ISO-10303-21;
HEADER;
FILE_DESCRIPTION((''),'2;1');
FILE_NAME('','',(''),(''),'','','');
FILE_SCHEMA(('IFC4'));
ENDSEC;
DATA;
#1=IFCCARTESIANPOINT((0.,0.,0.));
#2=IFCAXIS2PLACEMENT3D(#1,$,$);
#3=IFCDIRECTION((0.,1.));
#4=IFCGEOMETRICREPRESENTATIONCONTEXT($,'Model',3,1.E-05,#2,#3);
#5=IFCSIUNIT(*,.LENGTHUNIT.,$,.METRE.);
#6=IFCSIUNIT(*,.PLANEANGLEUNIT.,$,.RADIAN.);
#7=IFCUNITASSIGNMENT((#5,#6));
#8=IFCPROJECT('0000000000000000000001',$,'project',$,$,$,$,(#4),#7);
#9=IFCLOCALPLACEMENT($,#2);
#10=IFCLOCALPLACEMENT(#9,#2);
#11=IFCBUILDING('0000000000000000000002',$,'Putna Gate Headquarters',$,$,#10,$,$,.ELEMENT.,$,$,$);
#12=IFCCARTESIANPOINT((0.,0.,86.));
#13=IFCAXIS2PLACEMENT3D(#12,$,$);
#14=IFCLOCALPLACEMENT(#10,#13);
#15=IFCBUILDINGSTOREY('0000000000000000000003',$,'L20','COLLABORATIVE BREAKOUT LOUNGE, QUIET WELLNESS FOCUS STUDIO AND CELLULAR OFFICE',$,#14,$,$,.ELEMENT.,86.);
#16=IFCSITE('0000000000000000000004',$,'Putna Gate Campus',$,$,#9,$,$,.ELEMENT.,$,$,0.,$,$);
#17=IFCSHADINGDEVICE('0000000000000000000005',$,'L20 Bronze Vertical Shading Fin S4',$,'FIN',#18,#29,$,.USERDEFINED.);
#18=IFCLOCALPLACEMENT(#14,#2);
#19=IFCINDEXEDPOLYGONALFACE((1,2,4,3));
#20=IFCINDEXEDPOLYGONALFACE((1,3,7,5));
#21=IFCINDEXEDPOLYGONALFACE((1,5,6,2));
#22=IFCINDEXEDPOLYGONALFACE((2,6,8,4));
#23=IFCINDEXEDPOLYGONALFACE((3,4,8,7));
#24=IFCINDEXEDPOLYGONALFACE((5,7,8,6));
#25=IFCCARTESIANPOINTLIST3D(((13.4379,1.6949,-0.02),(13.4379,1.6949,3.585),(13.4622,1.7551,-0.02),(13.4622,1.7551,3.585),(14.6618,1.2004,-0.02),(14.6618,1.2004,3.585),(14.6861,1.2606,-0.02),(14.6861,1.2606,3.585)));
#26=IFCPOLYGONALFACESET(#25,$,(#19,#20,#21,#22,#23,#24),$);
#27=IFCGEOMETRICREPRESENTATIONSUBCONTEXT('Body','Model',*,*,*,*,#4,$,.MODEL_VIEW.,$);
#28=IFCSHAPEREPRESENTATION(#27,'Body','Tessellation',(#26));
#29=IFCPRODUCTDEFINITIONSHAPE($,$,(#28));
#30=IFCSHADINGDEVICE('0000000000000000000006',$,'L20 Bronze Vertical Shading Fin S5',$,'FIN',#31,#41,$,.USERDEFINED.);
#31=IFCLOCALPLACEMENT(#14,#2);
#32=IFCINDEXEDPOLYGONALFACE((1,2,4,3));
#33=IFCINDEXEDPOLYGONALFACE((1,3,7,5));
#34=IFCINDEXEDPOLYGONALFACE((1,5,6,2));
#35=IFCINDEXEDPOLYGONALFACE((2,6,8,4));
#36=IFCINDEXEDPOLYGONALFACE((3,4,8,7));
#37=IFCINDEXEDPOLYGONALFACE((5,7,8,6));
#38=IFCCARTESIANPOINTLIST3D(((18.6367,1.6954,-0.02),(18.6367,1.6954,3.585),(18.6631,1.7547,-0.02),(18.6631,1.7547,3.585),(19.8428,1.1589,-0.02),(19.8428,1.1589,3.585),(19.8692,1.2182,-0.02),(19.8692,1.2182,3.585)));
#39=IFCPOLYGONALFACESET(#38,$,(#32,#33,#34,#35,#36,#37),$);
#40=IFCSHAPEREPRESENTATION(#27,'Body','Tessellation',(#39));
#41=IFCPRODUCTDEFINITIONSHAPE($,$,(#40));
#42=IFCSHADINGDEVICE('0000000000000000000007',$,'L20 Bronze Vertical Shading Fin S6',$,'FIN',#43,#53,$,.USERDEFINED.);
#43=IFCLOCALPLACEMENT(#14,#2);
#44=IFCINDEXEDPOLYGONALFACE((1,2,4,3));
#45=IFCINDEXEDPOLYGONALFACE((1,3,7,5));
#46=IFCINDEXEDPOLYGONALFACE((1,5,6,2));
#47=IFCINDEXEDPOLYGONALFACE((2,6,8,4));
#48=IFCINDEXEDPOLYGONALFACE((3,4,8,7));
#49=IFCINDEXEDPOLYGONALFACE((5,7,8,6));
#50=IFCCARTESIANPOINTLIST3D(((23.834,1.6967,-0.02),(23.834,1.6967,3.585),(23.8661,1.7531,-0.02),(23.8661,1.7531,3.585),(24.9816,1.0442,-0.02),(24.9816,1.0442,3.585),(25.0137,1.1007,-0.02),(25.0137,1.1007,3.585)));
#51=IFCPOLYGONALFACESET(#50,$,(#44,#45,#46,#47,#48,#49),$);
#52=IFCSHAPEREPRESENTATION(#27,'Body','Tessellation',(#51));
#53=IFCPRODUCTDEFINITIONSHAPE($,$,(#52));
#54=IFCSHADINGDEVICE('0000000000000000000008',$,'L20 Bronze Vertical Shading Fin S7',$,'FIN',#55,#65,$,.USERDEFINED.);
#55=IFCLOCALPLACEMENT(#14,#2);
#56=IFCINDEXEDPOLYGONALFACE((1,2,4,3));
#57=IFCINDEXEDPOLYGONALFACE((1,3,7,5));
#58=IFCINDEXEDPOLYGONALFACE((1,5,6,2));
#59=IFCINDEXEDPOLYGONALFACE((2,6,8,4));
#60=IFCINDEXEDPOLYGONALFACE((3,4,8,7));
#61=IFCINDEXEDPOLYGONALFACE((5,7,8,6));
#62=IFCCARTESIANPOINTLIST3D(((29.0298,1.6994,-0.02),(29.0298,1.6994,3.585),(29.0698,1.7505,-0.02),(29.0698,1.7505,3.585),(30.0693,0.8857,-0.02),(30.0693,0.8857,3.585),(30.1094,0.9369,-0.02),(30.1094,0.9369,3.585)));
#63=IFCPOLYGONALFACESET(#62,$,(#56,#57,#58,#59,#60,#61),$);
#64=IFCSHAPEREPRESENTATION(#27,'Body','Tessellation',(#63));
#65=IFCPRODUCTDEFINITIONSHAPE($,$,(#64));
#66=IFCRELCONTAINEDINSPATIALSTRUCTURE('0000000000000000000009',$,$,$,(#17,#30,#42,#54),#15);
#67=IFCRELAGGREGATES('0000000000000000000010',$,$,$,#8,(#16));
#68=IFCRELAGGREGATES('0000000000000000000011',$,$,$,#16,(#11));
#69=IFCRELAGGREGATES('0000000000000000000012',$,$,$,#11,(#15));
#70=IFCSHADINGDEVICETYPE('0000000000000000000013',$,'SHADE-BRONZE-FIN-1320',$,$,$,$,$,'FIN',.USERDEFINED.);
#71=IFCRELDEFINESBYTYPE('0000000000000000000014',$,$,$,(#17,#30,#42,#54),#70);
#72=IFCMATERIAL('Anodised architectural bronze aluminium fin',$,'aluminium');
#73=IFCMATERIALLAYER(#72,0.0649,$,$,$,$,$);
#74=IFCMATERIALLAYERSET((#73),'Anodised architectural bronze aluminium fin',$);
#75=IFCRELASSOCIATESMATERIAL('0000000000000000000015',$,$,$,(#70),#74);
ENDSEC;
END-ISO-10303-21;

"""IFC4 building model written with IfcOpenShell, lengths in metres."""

from ifc_helpers import new_model, si_unit, direction, frame, origin, origin_2d, place, context, subcontext, project, spatial, rectangle, extrude, material, layer, layer_set, type_object, element, save


model = new_model("IFC4")

# Units and contexts
model_context = context("Model", 3, precision=1e-05, world=origin(), true_north=direction((0.0, 1.0)))
body_context = subcontext(model_context, "Body", "Model", "MODEL_VIEW")
ifc_project = project(units=[si_unit("LENGTHUNIT", "METRE"), si_unit("PLANEANGLEUNIT", "RADIAN")], contexts=[model_context])

# Site, building, storey
site_placement = place(None, origin())
site = spatial("IfcSite", under=ifc_project, at=site_placement, Name="Putna Gate Campus", CompositionType="ELEMENT", RefElevation=0.0)
building_placement = place(site_placement, origin())
building = spatial("IfcBuilding", under=site, at=building_placement, Name="Putna Gate Headquarters", CompositionType="ELEMENT")
storey_placement = place(building_placement, frame((0.0, 0.0, 86.0)))
storey = spatial("IfcBuildingStorey", under=building, at=storey_placement, Name="L20", Description="COLLABORATIVE BREAKOUT LOUNGE, QUIET WELLNESS FOCUS STUDIO AND CELLULAR OFFICE", CompositionType="ELEMENT", Elevation=86.0)

# Shading devices
ifc_material_1 = material(Name="Anodised architectural bronze aluminium fin", Category="aluminium")
ifc_layer_1 = layer(ifc_material_1, 0.0649)
ifc_layer_set_1 = layer_set([ifc_layer_1], Name="Anodised architectural bronze aluminium fin")
shading_device_type = type_object("IfcShadingDeviceType", Name="SHADE-BRONZE-FIN-1320", ElementType="FIN", PredefinedType="USERDEFINED", material=ifc_layer_set_1)
for number, where, z_axis, x_axis, name in (
    (1, (14.062, 1.4778, -0.02), (0.0, 0.0, 1.0), (0.927184, -0.374607, 0.0), "L20 Bronze Vertical Shading Fin S4"),
    (2, (19.2529, 1.4568, -0.02), (0.0, 0.0, 1.0), (0.913687, -0.406418, 0.0), "L20 Bronze Vertical Shading Fin S5"),
    (3, (24.4238, 1.3987, -0.02), (0.0, 0.0, 1.0), (0.869322, -0.494245, 0.0), "L20 Bronze Vertical Shading Fin S6"),
    (4, (29.5696, 1.3181, -0.02), (0.0, 0.0, 1.0), (0.787473, -0.616349, 0.0), "L20 Bronze Vertical Shading Fin S7"),
):
    element("IfcShadingDevice", number, at=place(storey_placement, frame(where, z_axis=z_axis, x_axis=x_axis)), inside=storey, type_object=shading_device_type, Name=name, ObjectType="FIN", PredefinedType="USERDEFINED", context=body_context, shape_type="SweptSolid", body=[
        extrude(rectangle(XDim=1.3201, YDim=0.0649, at=origin_2d()), origin(), (0.0, 0.0, 1.0), 3.605),
    ])

save(model, "model.ifc")
